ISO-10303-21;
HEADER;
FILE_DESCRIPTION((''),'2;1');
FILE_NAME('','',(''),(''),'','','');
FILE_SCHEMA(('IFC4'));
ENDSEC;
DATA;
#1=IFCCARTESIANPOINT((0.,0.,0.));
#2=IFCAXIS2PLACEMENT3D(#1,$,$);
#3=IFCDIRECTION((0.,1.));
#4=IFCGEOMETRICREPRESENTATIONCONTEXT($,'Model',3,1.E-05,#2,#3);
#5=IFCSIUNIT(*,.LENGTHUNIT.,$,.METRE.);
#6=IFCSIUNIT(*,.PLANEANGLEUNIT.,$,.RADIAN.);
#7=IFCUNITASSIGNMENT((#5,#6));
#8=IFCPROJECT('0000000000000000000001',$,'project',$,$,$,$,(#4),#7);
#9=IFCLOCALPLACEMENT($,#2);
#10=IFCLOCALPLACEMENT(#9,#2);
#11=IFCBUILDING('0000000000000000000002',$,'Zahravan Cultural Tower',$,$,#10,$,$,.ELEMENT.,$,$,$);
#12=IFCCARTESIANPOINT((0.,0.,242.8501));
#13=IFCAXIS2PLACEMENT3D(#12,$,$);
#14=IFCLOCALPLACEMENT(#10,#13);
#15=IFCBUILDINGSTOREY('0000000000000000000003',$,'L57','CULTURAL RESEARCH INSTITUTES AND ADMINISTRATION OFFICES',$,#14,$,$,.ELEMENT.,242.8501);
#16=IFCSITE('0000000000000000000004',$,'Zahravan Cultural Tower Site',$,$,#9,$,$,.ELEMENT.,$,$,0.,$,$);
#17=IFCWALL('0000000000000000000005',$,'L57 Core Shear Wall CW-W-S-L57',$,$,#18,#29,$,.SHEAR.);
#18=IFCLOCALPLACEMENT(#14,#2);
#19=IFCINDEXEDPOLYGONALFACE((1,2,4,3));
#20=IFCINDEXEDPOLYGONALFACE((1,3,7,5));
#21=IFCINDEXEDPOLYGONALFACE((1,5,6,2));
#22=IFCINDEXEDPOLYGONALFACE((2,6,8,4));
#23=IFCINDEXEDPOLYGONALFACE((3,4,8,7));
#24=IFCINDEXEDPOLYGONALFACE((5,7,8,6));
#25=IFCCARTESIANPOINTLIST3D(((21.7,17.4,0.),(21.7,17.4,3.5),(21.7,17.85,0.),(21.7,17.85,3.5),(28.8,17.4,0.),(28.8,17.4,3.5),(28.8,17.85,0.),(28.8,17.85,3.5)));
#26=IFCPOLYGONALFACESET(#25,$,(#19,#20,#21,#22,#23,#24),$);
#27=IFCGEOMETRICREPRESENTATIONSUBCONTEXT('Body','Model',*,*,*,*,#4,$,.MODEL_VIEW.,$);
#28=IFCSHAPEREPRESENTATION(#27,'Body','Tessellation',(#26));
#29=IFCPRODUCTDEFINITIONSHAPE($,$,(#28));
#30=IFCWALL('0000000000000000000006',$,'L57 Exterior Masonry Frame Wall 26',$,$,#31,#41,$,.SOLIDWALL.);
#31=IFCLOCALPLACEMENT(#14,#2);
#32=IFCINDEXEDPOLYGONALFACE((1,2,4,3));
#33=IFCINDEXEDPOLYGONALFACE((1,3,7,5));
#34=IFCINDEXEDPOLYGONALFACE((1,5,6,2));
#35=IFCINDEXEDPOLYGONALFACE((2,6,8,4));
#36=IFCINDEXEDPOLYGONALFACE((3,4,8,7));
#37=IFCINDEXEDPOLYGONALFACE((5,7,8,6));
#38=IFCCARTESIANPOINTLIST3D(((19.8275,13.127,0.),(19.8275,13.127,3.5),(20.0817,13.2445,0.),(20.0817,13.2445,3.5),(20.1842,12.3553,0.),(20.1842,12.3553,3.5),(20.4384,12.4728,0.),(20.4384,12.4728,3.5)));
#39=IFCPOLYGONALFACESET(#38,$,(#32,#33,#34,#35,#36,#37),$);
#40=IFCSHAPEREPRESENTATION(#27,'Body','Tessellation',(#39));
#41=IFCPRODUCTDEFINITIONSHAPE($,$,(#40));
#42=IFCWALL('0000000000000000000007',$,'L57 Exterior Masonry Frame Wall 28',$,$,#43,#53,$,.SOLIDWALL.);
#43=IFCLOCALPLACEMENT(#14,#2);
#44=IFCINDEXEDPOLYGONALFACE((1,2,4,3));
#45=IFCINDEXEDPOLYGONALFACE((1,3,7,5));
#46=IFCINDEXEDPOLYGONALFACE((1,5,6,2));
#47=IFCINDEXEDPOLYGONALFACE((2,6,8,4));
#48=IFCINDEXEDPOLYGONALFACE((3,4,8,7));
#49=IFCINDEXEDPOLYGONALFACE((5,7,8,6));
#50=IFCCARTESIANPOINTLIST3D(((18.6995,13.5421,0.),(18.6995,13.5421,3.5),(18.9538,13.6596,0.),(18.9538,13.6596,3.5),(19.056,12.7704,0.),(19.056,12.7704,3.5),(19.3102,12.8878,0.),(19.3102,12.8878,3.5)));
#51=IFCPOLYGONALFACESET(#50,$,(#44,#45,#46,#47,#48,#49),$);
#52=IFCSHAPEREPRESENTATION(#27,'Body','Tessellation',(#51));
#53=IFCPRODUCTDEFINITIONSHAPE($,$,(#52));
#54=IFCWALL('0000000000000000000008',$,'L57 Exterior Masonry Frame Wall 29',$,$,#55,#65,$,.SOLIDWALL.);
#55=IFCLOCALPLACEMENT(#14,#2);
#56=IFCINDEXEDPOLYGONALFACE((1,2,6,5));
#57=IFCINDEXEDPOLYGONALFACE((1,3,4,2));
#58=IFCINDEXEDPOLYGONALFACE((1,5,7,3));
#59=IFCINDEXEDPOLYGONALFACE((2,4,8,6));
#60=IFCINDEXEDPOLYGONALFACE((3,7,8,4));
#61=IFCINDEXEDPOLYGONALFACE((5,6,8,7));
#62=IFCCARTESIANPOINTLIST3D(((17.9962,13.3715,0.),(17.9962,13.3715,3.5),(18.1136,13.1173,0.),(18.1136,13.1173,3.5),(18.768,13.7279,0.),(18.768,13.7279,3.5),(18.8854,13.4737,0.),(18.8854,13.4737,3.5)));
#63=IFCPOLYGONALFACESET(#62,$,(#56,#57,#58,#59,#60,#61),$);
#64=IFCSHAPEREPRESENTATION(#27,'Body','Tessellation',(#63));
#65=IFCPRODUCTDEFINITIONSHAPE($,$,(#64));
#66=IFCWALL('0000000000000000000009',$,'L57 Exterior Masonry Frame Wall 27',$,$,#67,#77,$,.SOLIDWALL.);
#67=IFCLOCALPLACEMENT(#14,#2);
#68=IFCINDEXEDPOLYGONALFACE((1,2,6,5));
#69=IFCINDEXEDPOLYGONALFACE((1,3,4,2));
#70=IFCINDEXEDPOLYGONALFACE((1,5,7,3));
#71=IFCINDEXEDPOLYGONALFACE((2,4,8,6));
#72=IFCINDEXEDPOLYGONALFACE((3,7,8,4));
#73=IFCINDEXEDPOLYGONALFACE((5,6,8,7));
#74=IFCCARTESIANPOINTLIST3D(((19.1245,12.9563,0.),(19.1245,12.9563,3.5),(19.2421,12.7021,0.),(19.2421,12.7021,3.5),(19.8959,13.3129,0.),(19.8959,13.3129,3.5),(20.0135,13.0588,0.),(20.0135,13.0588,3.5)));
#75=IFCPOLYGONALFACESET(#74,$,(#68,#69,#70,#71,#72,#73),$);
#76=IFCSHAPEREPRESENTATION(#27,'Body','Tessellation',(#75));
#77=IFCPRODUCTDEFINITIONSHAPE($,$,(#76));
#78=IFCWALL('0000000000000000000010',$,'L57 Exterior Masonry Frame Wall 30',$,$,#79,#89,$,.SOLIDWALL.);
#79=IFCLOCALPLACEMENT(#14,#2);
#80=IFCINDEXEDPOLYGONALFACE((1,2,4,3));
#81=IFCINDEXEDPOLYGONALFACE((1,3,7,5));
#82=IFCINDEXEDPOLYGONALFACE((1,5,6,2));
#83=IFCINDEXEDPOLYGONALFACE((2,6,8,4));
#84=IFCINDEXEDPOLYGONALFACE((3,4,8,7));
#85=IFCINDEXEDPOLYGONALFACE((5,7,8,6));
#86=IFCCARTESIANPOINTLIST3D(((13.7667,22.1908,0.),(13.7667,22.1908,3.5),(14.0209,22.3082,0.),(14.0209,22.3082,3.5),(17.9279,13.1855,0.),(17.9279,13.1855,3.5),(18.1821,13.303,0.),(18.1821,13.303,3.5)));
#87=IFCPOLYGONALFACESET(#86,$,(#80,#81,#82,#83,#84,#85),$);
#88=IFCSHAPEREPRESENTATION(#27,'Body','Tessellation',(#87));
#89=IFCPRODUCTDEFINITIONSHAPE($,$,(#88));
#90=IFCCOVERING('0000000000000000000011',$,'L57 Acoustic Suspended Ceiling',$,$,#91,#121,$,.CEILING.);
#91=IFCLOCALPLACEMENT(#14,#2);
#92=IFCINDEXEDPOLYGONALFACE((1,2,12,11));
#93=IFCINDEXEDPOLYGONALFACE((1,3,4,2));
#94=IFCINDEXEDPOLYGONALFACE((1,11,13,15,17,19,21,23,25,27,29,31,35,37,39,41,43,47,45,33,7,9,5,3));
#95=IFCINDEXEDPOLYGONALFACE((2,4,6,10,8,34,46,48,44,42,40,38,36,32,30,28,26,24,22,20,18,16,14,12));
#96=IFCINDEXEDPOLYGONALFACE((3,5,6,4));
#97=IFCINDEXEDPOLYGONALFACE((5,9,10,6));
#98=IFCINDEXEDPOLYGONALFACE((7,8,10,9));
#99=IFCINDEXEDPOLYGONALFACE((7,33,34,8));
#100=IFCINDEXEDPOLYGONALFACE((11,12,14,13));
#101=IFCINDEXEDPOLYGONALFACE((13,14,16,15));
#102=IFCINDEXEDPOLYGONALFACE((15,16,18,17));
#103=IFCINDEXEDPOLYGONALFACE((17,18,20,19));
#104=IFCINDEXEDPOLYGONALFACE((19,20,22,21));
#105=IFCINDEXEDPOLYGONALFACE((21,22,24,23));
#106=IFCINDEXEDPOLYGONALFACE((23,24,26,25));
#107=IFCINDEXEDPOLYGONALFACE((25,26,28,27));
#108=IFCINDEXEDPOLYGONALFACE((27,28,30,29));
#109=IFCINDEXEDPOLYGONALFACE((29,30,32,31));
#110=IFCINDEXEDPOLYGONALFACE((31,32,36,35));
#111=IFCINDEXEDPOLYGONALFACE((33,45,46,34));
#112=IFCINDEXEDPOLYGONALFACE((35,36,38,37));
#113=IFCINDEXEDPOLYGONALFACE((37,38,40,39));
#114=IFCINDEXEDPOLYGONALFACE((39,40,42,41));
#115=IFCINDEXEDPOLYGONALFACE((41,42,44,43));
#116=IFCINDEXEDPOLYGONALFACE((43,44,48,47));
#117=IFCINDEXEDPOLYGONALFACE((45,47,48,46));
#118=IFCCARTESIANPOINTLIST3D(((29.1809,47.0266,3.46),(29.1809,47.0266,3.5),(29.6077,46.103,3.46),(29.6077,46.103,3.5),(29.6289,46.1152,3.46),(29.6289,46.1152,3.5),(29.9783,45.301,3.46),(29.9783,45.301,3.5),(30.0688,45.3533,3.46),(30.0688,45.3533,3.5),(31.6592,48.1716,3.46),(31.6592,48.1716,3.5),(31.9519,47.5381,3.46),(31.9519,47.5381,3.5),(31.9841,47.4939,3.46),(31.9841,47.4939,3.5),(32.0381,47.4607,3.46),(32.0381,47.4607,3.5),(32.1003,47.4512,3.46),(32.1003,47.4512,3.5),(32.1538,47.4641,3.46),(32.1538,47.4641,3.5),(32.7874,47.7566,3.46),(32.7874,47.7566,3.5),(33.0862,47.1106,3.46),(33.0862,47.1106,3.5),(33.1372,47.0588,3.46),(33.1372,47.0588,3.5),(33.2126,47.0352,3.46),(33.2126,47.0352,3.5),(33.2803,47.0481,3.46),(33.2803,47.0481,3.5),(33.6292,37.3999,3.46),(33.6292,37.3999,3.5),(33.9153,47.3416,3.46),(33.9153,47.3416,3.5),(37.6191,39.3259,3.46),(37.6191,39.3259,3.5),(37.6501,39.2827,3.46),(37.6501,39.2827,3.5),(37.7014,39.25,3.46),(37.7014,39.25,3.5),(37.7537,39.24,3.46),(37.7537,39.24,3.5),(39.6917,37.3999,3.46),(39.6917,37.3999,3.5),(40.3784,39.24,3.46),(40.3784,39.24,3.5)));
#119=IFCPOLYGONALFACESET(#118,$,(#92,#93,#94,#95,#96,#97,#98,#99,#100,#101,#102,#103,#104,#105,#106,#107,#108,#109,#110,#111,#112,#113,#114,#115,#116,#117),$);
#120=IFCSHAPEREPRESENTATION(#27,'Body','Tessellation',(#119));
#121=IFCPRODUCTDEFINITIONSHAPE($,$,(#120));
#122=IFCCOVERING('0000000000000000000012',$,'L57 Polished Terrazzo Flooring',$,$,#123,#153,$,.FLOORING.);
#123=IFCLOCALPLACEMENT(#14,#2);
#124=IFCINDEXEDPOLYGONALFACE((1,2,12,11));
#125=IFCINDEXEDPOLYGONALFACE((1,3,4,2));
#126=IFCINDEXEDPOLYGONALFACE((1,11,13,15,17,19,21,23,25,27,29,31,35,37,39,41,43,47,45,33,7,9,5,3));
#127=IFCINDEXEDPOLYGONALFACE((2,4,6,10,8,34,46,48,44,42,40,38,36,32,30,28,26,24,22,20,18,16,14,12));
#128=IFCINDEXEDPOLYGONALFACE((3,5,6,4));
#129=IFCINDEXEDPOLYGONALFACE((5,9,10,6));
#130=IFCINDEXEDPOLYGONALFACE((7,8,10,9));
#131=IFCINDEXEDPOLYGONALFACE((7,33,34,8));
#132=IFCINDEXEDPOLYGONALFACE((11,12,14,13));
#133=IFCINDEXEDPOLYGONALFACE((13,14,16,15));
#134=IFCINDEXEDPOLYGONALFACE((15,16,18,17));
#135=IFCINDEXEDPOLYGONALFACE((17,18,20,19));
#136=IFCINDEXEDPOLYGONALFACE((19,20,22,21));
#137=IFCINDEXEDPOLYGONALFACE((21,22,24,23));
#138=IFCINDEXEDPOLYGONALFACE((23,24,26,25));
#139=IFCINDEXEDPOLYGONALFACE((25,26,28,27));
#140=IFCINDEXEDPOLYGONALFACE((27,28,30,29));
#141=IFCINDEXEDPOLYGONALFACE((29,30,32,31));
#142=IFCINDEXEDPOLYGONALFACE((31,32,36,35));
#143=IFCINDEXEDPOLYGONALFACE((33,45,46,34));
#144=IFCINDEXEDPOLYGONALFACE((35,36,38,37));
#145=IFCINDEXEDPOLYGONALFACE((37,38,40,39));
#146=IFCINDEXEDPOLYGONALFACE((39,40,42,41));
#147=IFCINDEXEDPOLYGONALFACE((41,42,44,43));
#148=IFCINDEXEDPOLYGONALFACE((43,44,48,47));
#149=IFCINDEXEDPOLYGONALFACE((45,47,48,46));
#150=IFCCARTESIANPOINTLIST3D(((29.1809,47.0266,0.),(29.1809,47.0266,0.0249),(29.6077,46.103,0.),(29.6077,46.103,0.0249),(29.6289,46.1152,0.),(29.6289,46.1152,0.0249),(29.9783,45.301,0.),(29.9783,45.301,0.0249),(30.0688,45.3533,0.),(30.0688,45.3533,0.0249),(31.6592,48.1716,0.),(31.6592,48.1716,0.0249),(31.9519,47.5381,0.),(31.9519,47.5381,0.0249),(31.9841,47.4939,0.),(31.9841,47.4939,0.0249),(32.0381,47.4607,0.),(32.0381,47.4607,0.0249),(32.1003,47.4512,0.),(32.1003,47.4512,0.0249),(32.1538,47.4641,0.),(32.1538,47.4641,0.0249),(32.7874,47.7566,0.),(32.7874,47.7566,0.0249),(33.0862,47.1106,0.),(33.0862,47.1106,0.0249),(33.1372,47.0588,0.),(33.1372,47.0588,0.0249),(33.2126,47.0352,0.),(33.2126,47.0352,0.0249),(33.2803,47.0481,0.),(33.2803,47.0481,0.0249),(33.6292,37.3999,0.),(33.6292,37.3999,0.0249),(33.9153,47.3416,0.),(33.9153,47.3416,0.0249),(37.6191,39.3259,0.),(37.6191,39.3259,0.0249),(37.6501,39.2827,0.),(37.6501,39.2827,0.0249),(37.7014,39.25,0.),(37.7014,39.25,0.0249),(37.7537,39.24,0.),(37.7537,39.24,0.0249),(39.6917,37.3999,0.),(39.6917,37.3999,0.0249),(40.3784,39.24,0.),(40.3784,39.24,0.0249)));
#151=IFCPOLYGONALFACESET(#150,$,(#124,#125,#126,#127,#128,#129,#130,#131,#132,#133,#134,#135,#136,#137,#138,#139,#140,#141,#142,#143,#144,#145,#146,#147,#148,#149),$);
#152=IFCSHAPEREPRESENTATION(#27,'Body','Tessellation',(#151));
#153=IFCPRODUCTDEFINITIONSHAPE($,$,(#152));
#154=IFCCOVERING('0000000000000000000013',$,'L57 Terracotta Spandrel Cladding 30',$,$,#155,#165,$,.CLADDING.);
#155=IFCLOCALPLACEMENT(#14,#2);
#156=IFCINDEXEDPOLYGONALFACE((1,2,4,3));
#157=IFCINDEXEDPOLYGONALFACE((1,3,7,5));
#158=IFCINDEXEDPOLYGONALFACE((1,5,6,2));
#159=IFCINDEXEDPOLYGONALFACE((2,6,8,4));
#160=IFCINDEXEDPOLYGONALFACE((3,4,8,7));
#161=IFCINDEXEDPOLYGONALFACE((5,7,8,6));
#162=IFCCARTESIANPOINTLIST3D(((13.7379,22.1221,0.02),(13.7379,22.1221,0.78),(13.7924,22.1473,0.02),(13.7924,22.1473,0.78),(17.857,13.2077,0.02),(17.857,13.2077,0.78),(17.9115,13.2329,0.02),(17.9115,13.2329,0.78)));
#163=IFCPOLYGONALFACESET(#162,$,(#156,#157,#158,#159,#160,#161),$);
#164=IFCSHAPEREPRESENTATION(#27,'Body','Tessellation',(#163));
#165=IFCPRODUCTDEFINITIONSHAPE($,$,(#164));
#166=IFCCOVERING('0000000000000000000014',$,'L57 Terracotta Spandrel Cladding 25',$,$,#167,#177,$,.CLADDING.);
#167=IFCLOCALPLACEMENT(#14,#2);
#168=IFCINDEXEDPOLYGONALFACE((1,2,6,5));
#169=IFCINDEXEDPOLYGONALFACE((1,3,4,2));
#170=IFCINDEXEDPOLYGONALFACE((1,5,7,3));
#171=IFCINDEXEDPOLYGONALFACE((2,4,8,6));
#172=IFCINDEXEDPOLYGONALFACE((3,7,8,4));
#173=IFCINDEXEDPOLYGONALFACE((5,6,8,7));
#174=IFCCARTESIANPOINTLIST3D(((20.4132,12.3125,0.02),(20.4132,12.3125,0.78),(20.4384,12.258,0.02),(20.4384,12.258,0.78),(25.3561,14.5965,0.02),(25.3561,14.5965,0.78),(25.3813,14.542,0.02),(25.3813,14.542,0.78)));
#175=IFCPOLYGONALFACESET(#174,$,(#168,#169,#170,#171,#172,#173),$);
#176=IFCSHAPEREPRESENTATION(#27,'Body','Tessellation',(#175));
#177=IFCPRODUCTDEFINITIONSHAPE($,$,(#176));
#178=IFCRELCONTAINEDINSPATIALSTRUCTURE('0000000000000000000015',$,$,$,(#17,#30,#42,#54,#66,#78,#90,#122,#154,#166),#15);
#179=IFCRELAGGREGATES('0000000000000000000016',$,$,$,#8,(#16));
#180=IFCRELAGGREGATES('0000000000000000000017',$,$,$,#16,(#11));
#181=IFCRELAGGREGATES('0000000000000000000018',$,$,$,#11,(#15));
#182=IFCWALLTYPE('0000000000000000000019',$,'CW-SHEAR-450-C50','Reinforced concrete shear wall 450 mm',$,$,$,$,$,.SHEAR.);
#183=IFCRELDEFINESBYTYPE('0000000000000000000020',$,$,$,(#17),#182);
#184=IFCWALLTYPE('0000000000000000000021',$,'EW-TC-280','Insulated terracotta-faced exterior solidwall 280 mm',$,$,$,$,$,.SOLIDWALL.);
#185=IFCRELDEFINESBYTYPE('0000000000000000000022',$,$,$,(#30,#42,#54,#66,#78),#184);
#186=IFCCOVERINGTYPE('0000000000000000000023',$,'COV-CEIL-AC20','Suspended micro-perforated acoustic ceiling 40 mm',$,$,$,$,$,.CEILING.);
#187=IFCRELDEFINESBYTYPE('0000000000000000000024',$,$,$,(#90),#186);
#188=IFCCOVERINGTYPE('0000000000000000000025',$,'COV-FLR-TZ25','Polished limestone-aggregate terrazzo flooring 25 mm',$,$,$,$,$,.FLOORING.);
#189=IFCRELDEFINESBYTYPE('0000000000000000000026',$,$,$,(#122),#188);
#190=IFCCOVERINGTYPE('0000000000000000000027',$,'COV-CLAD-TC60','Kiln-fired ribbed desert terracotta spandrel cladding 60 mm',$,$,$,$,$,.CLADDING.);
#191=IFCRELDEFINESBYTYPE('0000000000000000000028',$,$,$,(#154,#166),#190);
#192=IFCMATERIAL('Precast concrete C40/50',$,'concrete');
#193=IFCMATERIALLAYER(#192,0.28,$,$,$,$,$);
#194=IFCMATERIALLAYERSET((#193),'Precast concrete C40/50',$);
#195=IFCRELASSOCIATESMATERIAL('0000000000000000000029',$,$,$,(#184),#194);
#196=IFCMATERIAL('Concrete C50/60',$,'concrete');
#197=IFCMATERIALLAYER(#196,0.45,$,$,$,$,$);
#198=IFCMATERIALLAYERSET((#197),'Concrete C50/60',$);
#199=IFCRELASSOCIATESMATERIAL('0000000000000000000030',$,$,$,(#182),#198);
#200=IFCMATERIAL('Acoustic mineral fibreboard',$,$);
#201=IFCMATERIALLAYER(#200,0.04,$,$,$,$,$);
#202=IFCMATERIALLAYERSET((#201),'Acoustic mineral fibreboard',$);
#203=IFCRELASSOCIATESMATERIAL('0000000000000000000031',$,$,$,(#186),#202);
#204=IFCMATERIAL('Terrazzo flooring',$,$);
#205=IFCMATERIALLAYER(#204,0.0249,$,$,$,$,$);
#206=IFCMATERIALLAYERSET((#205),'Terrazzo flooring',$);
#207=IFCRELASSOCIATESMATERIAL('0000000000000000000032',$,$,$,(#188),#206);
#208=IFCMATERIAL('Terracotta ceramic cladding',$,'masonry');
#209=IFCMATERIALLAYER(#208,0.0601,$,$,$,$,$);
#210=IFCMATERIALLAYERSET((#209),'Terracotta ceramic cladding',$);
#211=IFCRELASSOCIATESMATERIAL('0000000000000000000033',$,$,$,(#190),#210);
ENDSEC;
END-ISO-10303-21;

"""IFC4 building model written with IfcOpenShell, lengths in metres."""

from ifc_helpers import new_model, si_unit, direction, frame, frame_2d, origin, origin_2d, place, context, subcontext, project, spatial, polyline, rectangle, outline, extrude, source, transform, mapped, material, layer, layer_set, type_object, element, save


model = new_model("IFC4")

# Units and contexts
model_context = context("Model", 3, precision=1e-05, world=origin(), true_north=direction((0.0, 1.0)))
body_context = subcontext(model_context, "Body", "Model", "MODEL_VIEW")
ifc_project = project(units=[si_unit("LENGTHUNIT", "METRE"), si_unit("PLANEANGLEUNIT", "RADIAN")], contexts=[model_context])

# Site, building, storey
site_placement = place(None, origin())
site = spatial("IfcSite", under=ifc_project, at=site_placement, Name="Zahravan Cultural Tower Site", CompositionType="ELEMENT", RefElevation=0.0)
building_placement = place(site_placement, origin())
building = spatial("IfcBuilding", under=site, at=building_placement, Name="Zahravan Cultural Tower", CompositionType="ELEMENT")
storey_placement = place(building_placement, frame((0.0, 0.0, 242.8501)))
storey = spatial("IfcBuildingStorey", under=building, at=storey_placement, Name="L57", Description="CULTURAL RESEARCH INSTITUTES AND ADMINISTRATION OFFICES", CompositionType="ELEMENT", Elevation=242.8501)

# Shared definitions
ifc_material_1 = material(Name="Concrete C50/60", Category="concrete")

# Shared definitions
ifc_material_2 = material(Name="Precast concrete C40/50", Category="concrete")
ifc_layer_1 = layer(ifc_material_2, 0.28)
ifc_layer_set_1 = layer_set([ifc_layer_1], Name="Precast concrete C40/50")
wall_type_1 = type_object("IfcWallType", Name="EW-TC-280", Description="Insulated terracotta-faced exterior solidwall 280 mm", PredefinedType="SOLIDWALL", material=ifc_layer_set_1)

# Walls
ifc_layer_2 = layer(ifc_material_1, 0.45)
ifc_layer_set_2 = layer_set([ifc_layer_2], Name="Concrete C50/60")
wall_type_2 = type_object("IfcWallType", Name="CW-SHEAR-450-C50", Description="Reinforced concrete shear wall 450 mm", PredefinedType="SHEAR", material=ifc_layer_set_2)
shared_shape_1 = source(origin(), body_context, "Body", "SweptSolid", [
    extrude(rectangle(XDim=7.1001, YDim=0.45, at=frame_2d((3.55, 0.0))), origin(), (0.0, 0.0, 1.0), 3.5),
])
wall_1_placement = place(storey_placement, frame((21.7, 17.625, 0.0), z_axis=(0.0, 0.0, 1.0), x_axis=(1.0, 0.0, 0.0)))
element("IfcWall", 1, at=wall_1_placement, inside=storey, type_object=wall_type_2, Name="L57 Core Shear Wall CW-W-S-L57", PredefinedType="SHEAR", context=body_context, shape_type="MappedRepresentation", body=[
    mapped(shared_shape_1, transform((0.0, 0.0, 0.0), x_axis=(1.0, 0.0, 0.0), y_axis=(0.0, 1.0, 0.0), z_axis=(0.0, 0.0, 1.0), scale=1.0)),
])
shared_shape_2 = source(origin(), body_context, "Body", "SweptSolid", [
    extrude(rectangle(XDim=0.8501, YDim=0.28, at=frame_2d((0.425, 0.0))), origin(), (0.0, 0.0, 1.0), 3.5),
])
for number, where, z_axis, x_axis, name in (
    (2, (20.3113, 12.4141, 0.0), (0.0, 0.0, 1.0), (-0.41955, 0.907732, 0.0), "L57 Exterior Masonry Frame Wall 26"),
    (3, (19.1831, 12.8291, 0.0), (0.0, 0.0, 1.0), (-0.419313, 0.907842, 0.0), "L57 Exterior Masonry Frame Wall 28"),
    (4, (18.8267, 13.6008, 0.0), (0.0, 0.0, 1.0), (-0.907842, -0.419313, 0.0), "L57 Exterior Masonry Frame Wall 29"),
):
    element("IfcWall", number, at=place(storey_placement, frame(where, z_axis=z_axis, x_axis=x_axis)), inside=storey, type_object=wall_type_1, Name=name, PredefinedType="SOLIDWALL", context=body_context, shape_type="MappedRepresentation", body=[
        mapped(shared_shape_2, transform((0.0, 0.0, 0.0), x_axis=(1.0, 0.0, 0.0), y_axis=(0.0, 1.0, 0.0), z_axis=(0.0, 0.0, 1.0), scale=1.0)),
    ])
shared_shape_3 = source(origin(), body_context, "Body", "SweptSolid", [
    extrude(rectangle(XDim=0.8499, YDim=0.28, at=frame_2d((0.4248, 0.0))), origin(), (0.0, 0.0, 1.0), 3.5),
])
wall_2_placement = place(storey_placement, frame((19.9546, 13.1858, 0.0), z_axis=(0.0, 0.0, 1.0), x_axis=(-0.907682, -0.419659, 0.0)))
element("IfcWall", 5, at=wall_2_placement, inside=storey, type_object=wall_type_1, Name="L57 Exterior Masonry Frame Wall 27", PredefinedType="SOLIDWALL", context=body_context, shape_type="MappedRepresentation", body=[
    mapped(shared_shape_3, transform((0.0, 0.0, 0.0), x_axis=(1.0, 0.0, 0.0), y_axis=(0.0, 1.0, 0.0), z_axis=(0.0, 0.0, 1.0), scale=1.0)),
])
shared_shape_4 = source(origin(), body_context, "Body", "SweptSolid", [
    extrude(rectangle(XDim=9.9202, YDim=0.28, at=frame_2d((4.96, 0.0))), origin(), (0.0, 0.0, 1.0), 3.5),
])
wall_3_placement = place(storey_placement, frame((18.0549, 13.2444, 0.0), z_axis=(0.0, 0.0, 1.0), x_axis=(-0.419467, 0.907771, 0.0)))
element("IfcWall", 6, at=wall_3_placement, inside=storey, type_object=wall_type_1, Name="L57 Exterior Masonry Frame Wall 30", PredefinedType="SOLIDWALL", context=body_context, shape_type="MappedRepresentation", body=[
    mapped(shared_shape_4, transform((0.0, 0.0, 0.0), x_axis=(1.0, 0.0, 0.0), y_axis=(0.0, 1.0, 0.0), z_axis=(0.0, 0.0, 1.0), scale=1.0)),
])

# Coverings
ifc_material_3 = material(Name="Acoustic mineral fibreboard")
ifc_layer_3 = layer(ifc_material_3, 0.04)
ifc_layer_set_3 = layer_set([ifc_layer_3], Name="Acoustic mineral fibreboard")
covering_type_1 = type_object("IfcCoveringType", Name="COV-CEIL-AC20", Description="Suspended micro-perforated acoustic ceiling 40 mm", PredefinedType="CEILING", material=ifc_layer_set_3)
covering_1_placement = place(storey_placement, frame((0.0, 0.0, 3.46)))
element("IfcCovering", 7, at=covering_1_placement, inside=storey, type_object=covering_type_1, Name="L57 Acoustic Suspended Ceiling", PredefinedType="CEILING", context=body_context, shape_type="SweptSolid", body=[
    extrude(outline(polyline([(29.6289, 46.1152), (30.0688, 45.3533), (29.9783, 45.301), (33.6292, 37.3999), (39.6917, 37.3999), (40.3784, 39.24), (37.7537, 39.24), (37.7014, 39.25), (37.6501, 39.2827), (37.6191, 39.3259), (33.9153, 47.3416), (33.2803, 47.0481), (33.2126, 47.0352), (33.1372, 47.0588), (33.0862, 47.1106), (32.7874, 47.7566), (32.1538, 47.4641), (32.1003, 47.4512), (32.0381, 47.4607), (31.9841, 47.4939), (31.9519, 47.5381), (31.6592, 48.1716), (29.1809, 47.0266), (29.6077, 46.103), (29.6289, 46.1152)])), origin(), (0.0, 0.0, 1.0), 0.04),
])
ifc_material_4 = material(Name="Terrazzo flooring")
ifc_layer_4 = layer(ifc_material_4, 0.0249)
ifc_layer_set_4 = layer_set([ifc_layer_4], Name="Terrazzo flooring")
covering_type_2 = type_object("IfcCoveringType", Name="COV-FLR-TZ25", Description="Polished limestone-aggregate terrazzo flooring 25 mm", PredefinedType="FLOORING", material=ifc_layer_set_4)
covering_2_placement = place(storey_placement, origin())
element("IfcCovering", 8, at=covering_2_placement, inside=storey, type_object=covering_type_2, Name="L57 Polished Terrazzo Flooring", PredefinedType="FLOORING", context=body_context, shape_type="SweptSolid", body=[
    extrude(outline(polyline([(29.6289, 46.1152), (30.0688, 45.3533), (29.9783, 45.301), (33.6292, 37.3999), (39.6917, 37.3999), (40.3784, 39.24), (37.7537, 39.24), (37.7014, 39.25), (37.6501, 39.2827), (37.6191, 39.3259), (33.9153, 47.3416), (33.2803, 47.0481), (33.2126, 47.0352), (33.1372, 47.0588), (33.0862, 47.1106), (32.7874, 47.7566), (32.1538, 47.4641), (32.1003, 47.4512), (32.0381, 47.4607), (31.9841, 47.4939), (31.9519, 47.5381), (31.6592, 48.1716), (29.1809, 47.0266), (29.6077, 46.103), (29.6289, 46.1152)])), origin(), (0.0, 0.0, 1.0), 0.0249),
])
ifc_material_5 = material(Name="Terracotta ceramic cladding", Category="masonry")
ifc_layer_5 = layer(ifc_material_5, 0.0601)
ifc_layer_set_5 = layer_set([ifc_layer_5], Name="Terracotta ceramic cladding")
covering_type_3 = type_object("IfcCoveringType", Name="COV-CLAD-TC60", Description="Kiln-fired ribbed desert terracotta spandrel cladding 60 mm", PredefinedType="CLADDING", material=ifc_layer_set_5)
shared_shape_5 = source(origin(), body_context, "Body", "SweptSolid", [
    extrude(rectangle(XDim=9.8201, YDim=0.0601, at=origin_2d()), origin(), (0.0, 0.0, 1.0), 0.76),
])
covering_3_placement = place(storey_placement, frame((15.8247, 17.6775, 0.02), z_axis=(0.0, 0.0, 1.0), x_axis=(-0.419452, 0.907777, 0.0)))
element("IfcCovering", 9, at=covering_3_placement, inside=storey, type_object=covering_type_3, Name="L57 Terracotta Spandrel Cladding 30", PredefinedType="CLADDING", context=body_context, shape_type="MappedRepresentation", body=[
    mapped(shared_shape_5, transform((0.0, 0.0, 0.0), x_axis=(1.0, 0.0, 0.0), y_axis=(0.0, 1.0, 0.0), z_axis=(0.0, 0.0, 1.0), scale=1.0)),
])
shared_shape_6 = source(origin(), body_context, "Body", "SweptSolid", [
    extrude(rectangle(XDim=5.4451, YDim=0.0601, at=origin_2d()), origin(), (0.0, 0.0, 1.0), 0.76),
])
covering_4_placement = place(storey_placement, frame((22.8972, 13.4272, 0.02), z_axis=(0.0, 0.0, 1.0), x_axis=(-0.907777, -0.419452, 0.0)))
element("IfcCovering", 10, at=covering_4_placement, inside=storey, type_object=covering_type_3, Name="L57 Terracotta Spandrel Cladding 25", PredefinedType="CLADDING", context=body_context, shape_type="MappedRepresentation", body=[
    mapped(shared_shape_6, transform((0.0, 0.0, 0.0), x_axis=(1.0, 0.0, 0.0), y_axis=(0.0, 1.0, 0.0), z_axis=(0.0, 0.0, 1.0), scale=1.0)),
])

save(model, "model.ifc")
